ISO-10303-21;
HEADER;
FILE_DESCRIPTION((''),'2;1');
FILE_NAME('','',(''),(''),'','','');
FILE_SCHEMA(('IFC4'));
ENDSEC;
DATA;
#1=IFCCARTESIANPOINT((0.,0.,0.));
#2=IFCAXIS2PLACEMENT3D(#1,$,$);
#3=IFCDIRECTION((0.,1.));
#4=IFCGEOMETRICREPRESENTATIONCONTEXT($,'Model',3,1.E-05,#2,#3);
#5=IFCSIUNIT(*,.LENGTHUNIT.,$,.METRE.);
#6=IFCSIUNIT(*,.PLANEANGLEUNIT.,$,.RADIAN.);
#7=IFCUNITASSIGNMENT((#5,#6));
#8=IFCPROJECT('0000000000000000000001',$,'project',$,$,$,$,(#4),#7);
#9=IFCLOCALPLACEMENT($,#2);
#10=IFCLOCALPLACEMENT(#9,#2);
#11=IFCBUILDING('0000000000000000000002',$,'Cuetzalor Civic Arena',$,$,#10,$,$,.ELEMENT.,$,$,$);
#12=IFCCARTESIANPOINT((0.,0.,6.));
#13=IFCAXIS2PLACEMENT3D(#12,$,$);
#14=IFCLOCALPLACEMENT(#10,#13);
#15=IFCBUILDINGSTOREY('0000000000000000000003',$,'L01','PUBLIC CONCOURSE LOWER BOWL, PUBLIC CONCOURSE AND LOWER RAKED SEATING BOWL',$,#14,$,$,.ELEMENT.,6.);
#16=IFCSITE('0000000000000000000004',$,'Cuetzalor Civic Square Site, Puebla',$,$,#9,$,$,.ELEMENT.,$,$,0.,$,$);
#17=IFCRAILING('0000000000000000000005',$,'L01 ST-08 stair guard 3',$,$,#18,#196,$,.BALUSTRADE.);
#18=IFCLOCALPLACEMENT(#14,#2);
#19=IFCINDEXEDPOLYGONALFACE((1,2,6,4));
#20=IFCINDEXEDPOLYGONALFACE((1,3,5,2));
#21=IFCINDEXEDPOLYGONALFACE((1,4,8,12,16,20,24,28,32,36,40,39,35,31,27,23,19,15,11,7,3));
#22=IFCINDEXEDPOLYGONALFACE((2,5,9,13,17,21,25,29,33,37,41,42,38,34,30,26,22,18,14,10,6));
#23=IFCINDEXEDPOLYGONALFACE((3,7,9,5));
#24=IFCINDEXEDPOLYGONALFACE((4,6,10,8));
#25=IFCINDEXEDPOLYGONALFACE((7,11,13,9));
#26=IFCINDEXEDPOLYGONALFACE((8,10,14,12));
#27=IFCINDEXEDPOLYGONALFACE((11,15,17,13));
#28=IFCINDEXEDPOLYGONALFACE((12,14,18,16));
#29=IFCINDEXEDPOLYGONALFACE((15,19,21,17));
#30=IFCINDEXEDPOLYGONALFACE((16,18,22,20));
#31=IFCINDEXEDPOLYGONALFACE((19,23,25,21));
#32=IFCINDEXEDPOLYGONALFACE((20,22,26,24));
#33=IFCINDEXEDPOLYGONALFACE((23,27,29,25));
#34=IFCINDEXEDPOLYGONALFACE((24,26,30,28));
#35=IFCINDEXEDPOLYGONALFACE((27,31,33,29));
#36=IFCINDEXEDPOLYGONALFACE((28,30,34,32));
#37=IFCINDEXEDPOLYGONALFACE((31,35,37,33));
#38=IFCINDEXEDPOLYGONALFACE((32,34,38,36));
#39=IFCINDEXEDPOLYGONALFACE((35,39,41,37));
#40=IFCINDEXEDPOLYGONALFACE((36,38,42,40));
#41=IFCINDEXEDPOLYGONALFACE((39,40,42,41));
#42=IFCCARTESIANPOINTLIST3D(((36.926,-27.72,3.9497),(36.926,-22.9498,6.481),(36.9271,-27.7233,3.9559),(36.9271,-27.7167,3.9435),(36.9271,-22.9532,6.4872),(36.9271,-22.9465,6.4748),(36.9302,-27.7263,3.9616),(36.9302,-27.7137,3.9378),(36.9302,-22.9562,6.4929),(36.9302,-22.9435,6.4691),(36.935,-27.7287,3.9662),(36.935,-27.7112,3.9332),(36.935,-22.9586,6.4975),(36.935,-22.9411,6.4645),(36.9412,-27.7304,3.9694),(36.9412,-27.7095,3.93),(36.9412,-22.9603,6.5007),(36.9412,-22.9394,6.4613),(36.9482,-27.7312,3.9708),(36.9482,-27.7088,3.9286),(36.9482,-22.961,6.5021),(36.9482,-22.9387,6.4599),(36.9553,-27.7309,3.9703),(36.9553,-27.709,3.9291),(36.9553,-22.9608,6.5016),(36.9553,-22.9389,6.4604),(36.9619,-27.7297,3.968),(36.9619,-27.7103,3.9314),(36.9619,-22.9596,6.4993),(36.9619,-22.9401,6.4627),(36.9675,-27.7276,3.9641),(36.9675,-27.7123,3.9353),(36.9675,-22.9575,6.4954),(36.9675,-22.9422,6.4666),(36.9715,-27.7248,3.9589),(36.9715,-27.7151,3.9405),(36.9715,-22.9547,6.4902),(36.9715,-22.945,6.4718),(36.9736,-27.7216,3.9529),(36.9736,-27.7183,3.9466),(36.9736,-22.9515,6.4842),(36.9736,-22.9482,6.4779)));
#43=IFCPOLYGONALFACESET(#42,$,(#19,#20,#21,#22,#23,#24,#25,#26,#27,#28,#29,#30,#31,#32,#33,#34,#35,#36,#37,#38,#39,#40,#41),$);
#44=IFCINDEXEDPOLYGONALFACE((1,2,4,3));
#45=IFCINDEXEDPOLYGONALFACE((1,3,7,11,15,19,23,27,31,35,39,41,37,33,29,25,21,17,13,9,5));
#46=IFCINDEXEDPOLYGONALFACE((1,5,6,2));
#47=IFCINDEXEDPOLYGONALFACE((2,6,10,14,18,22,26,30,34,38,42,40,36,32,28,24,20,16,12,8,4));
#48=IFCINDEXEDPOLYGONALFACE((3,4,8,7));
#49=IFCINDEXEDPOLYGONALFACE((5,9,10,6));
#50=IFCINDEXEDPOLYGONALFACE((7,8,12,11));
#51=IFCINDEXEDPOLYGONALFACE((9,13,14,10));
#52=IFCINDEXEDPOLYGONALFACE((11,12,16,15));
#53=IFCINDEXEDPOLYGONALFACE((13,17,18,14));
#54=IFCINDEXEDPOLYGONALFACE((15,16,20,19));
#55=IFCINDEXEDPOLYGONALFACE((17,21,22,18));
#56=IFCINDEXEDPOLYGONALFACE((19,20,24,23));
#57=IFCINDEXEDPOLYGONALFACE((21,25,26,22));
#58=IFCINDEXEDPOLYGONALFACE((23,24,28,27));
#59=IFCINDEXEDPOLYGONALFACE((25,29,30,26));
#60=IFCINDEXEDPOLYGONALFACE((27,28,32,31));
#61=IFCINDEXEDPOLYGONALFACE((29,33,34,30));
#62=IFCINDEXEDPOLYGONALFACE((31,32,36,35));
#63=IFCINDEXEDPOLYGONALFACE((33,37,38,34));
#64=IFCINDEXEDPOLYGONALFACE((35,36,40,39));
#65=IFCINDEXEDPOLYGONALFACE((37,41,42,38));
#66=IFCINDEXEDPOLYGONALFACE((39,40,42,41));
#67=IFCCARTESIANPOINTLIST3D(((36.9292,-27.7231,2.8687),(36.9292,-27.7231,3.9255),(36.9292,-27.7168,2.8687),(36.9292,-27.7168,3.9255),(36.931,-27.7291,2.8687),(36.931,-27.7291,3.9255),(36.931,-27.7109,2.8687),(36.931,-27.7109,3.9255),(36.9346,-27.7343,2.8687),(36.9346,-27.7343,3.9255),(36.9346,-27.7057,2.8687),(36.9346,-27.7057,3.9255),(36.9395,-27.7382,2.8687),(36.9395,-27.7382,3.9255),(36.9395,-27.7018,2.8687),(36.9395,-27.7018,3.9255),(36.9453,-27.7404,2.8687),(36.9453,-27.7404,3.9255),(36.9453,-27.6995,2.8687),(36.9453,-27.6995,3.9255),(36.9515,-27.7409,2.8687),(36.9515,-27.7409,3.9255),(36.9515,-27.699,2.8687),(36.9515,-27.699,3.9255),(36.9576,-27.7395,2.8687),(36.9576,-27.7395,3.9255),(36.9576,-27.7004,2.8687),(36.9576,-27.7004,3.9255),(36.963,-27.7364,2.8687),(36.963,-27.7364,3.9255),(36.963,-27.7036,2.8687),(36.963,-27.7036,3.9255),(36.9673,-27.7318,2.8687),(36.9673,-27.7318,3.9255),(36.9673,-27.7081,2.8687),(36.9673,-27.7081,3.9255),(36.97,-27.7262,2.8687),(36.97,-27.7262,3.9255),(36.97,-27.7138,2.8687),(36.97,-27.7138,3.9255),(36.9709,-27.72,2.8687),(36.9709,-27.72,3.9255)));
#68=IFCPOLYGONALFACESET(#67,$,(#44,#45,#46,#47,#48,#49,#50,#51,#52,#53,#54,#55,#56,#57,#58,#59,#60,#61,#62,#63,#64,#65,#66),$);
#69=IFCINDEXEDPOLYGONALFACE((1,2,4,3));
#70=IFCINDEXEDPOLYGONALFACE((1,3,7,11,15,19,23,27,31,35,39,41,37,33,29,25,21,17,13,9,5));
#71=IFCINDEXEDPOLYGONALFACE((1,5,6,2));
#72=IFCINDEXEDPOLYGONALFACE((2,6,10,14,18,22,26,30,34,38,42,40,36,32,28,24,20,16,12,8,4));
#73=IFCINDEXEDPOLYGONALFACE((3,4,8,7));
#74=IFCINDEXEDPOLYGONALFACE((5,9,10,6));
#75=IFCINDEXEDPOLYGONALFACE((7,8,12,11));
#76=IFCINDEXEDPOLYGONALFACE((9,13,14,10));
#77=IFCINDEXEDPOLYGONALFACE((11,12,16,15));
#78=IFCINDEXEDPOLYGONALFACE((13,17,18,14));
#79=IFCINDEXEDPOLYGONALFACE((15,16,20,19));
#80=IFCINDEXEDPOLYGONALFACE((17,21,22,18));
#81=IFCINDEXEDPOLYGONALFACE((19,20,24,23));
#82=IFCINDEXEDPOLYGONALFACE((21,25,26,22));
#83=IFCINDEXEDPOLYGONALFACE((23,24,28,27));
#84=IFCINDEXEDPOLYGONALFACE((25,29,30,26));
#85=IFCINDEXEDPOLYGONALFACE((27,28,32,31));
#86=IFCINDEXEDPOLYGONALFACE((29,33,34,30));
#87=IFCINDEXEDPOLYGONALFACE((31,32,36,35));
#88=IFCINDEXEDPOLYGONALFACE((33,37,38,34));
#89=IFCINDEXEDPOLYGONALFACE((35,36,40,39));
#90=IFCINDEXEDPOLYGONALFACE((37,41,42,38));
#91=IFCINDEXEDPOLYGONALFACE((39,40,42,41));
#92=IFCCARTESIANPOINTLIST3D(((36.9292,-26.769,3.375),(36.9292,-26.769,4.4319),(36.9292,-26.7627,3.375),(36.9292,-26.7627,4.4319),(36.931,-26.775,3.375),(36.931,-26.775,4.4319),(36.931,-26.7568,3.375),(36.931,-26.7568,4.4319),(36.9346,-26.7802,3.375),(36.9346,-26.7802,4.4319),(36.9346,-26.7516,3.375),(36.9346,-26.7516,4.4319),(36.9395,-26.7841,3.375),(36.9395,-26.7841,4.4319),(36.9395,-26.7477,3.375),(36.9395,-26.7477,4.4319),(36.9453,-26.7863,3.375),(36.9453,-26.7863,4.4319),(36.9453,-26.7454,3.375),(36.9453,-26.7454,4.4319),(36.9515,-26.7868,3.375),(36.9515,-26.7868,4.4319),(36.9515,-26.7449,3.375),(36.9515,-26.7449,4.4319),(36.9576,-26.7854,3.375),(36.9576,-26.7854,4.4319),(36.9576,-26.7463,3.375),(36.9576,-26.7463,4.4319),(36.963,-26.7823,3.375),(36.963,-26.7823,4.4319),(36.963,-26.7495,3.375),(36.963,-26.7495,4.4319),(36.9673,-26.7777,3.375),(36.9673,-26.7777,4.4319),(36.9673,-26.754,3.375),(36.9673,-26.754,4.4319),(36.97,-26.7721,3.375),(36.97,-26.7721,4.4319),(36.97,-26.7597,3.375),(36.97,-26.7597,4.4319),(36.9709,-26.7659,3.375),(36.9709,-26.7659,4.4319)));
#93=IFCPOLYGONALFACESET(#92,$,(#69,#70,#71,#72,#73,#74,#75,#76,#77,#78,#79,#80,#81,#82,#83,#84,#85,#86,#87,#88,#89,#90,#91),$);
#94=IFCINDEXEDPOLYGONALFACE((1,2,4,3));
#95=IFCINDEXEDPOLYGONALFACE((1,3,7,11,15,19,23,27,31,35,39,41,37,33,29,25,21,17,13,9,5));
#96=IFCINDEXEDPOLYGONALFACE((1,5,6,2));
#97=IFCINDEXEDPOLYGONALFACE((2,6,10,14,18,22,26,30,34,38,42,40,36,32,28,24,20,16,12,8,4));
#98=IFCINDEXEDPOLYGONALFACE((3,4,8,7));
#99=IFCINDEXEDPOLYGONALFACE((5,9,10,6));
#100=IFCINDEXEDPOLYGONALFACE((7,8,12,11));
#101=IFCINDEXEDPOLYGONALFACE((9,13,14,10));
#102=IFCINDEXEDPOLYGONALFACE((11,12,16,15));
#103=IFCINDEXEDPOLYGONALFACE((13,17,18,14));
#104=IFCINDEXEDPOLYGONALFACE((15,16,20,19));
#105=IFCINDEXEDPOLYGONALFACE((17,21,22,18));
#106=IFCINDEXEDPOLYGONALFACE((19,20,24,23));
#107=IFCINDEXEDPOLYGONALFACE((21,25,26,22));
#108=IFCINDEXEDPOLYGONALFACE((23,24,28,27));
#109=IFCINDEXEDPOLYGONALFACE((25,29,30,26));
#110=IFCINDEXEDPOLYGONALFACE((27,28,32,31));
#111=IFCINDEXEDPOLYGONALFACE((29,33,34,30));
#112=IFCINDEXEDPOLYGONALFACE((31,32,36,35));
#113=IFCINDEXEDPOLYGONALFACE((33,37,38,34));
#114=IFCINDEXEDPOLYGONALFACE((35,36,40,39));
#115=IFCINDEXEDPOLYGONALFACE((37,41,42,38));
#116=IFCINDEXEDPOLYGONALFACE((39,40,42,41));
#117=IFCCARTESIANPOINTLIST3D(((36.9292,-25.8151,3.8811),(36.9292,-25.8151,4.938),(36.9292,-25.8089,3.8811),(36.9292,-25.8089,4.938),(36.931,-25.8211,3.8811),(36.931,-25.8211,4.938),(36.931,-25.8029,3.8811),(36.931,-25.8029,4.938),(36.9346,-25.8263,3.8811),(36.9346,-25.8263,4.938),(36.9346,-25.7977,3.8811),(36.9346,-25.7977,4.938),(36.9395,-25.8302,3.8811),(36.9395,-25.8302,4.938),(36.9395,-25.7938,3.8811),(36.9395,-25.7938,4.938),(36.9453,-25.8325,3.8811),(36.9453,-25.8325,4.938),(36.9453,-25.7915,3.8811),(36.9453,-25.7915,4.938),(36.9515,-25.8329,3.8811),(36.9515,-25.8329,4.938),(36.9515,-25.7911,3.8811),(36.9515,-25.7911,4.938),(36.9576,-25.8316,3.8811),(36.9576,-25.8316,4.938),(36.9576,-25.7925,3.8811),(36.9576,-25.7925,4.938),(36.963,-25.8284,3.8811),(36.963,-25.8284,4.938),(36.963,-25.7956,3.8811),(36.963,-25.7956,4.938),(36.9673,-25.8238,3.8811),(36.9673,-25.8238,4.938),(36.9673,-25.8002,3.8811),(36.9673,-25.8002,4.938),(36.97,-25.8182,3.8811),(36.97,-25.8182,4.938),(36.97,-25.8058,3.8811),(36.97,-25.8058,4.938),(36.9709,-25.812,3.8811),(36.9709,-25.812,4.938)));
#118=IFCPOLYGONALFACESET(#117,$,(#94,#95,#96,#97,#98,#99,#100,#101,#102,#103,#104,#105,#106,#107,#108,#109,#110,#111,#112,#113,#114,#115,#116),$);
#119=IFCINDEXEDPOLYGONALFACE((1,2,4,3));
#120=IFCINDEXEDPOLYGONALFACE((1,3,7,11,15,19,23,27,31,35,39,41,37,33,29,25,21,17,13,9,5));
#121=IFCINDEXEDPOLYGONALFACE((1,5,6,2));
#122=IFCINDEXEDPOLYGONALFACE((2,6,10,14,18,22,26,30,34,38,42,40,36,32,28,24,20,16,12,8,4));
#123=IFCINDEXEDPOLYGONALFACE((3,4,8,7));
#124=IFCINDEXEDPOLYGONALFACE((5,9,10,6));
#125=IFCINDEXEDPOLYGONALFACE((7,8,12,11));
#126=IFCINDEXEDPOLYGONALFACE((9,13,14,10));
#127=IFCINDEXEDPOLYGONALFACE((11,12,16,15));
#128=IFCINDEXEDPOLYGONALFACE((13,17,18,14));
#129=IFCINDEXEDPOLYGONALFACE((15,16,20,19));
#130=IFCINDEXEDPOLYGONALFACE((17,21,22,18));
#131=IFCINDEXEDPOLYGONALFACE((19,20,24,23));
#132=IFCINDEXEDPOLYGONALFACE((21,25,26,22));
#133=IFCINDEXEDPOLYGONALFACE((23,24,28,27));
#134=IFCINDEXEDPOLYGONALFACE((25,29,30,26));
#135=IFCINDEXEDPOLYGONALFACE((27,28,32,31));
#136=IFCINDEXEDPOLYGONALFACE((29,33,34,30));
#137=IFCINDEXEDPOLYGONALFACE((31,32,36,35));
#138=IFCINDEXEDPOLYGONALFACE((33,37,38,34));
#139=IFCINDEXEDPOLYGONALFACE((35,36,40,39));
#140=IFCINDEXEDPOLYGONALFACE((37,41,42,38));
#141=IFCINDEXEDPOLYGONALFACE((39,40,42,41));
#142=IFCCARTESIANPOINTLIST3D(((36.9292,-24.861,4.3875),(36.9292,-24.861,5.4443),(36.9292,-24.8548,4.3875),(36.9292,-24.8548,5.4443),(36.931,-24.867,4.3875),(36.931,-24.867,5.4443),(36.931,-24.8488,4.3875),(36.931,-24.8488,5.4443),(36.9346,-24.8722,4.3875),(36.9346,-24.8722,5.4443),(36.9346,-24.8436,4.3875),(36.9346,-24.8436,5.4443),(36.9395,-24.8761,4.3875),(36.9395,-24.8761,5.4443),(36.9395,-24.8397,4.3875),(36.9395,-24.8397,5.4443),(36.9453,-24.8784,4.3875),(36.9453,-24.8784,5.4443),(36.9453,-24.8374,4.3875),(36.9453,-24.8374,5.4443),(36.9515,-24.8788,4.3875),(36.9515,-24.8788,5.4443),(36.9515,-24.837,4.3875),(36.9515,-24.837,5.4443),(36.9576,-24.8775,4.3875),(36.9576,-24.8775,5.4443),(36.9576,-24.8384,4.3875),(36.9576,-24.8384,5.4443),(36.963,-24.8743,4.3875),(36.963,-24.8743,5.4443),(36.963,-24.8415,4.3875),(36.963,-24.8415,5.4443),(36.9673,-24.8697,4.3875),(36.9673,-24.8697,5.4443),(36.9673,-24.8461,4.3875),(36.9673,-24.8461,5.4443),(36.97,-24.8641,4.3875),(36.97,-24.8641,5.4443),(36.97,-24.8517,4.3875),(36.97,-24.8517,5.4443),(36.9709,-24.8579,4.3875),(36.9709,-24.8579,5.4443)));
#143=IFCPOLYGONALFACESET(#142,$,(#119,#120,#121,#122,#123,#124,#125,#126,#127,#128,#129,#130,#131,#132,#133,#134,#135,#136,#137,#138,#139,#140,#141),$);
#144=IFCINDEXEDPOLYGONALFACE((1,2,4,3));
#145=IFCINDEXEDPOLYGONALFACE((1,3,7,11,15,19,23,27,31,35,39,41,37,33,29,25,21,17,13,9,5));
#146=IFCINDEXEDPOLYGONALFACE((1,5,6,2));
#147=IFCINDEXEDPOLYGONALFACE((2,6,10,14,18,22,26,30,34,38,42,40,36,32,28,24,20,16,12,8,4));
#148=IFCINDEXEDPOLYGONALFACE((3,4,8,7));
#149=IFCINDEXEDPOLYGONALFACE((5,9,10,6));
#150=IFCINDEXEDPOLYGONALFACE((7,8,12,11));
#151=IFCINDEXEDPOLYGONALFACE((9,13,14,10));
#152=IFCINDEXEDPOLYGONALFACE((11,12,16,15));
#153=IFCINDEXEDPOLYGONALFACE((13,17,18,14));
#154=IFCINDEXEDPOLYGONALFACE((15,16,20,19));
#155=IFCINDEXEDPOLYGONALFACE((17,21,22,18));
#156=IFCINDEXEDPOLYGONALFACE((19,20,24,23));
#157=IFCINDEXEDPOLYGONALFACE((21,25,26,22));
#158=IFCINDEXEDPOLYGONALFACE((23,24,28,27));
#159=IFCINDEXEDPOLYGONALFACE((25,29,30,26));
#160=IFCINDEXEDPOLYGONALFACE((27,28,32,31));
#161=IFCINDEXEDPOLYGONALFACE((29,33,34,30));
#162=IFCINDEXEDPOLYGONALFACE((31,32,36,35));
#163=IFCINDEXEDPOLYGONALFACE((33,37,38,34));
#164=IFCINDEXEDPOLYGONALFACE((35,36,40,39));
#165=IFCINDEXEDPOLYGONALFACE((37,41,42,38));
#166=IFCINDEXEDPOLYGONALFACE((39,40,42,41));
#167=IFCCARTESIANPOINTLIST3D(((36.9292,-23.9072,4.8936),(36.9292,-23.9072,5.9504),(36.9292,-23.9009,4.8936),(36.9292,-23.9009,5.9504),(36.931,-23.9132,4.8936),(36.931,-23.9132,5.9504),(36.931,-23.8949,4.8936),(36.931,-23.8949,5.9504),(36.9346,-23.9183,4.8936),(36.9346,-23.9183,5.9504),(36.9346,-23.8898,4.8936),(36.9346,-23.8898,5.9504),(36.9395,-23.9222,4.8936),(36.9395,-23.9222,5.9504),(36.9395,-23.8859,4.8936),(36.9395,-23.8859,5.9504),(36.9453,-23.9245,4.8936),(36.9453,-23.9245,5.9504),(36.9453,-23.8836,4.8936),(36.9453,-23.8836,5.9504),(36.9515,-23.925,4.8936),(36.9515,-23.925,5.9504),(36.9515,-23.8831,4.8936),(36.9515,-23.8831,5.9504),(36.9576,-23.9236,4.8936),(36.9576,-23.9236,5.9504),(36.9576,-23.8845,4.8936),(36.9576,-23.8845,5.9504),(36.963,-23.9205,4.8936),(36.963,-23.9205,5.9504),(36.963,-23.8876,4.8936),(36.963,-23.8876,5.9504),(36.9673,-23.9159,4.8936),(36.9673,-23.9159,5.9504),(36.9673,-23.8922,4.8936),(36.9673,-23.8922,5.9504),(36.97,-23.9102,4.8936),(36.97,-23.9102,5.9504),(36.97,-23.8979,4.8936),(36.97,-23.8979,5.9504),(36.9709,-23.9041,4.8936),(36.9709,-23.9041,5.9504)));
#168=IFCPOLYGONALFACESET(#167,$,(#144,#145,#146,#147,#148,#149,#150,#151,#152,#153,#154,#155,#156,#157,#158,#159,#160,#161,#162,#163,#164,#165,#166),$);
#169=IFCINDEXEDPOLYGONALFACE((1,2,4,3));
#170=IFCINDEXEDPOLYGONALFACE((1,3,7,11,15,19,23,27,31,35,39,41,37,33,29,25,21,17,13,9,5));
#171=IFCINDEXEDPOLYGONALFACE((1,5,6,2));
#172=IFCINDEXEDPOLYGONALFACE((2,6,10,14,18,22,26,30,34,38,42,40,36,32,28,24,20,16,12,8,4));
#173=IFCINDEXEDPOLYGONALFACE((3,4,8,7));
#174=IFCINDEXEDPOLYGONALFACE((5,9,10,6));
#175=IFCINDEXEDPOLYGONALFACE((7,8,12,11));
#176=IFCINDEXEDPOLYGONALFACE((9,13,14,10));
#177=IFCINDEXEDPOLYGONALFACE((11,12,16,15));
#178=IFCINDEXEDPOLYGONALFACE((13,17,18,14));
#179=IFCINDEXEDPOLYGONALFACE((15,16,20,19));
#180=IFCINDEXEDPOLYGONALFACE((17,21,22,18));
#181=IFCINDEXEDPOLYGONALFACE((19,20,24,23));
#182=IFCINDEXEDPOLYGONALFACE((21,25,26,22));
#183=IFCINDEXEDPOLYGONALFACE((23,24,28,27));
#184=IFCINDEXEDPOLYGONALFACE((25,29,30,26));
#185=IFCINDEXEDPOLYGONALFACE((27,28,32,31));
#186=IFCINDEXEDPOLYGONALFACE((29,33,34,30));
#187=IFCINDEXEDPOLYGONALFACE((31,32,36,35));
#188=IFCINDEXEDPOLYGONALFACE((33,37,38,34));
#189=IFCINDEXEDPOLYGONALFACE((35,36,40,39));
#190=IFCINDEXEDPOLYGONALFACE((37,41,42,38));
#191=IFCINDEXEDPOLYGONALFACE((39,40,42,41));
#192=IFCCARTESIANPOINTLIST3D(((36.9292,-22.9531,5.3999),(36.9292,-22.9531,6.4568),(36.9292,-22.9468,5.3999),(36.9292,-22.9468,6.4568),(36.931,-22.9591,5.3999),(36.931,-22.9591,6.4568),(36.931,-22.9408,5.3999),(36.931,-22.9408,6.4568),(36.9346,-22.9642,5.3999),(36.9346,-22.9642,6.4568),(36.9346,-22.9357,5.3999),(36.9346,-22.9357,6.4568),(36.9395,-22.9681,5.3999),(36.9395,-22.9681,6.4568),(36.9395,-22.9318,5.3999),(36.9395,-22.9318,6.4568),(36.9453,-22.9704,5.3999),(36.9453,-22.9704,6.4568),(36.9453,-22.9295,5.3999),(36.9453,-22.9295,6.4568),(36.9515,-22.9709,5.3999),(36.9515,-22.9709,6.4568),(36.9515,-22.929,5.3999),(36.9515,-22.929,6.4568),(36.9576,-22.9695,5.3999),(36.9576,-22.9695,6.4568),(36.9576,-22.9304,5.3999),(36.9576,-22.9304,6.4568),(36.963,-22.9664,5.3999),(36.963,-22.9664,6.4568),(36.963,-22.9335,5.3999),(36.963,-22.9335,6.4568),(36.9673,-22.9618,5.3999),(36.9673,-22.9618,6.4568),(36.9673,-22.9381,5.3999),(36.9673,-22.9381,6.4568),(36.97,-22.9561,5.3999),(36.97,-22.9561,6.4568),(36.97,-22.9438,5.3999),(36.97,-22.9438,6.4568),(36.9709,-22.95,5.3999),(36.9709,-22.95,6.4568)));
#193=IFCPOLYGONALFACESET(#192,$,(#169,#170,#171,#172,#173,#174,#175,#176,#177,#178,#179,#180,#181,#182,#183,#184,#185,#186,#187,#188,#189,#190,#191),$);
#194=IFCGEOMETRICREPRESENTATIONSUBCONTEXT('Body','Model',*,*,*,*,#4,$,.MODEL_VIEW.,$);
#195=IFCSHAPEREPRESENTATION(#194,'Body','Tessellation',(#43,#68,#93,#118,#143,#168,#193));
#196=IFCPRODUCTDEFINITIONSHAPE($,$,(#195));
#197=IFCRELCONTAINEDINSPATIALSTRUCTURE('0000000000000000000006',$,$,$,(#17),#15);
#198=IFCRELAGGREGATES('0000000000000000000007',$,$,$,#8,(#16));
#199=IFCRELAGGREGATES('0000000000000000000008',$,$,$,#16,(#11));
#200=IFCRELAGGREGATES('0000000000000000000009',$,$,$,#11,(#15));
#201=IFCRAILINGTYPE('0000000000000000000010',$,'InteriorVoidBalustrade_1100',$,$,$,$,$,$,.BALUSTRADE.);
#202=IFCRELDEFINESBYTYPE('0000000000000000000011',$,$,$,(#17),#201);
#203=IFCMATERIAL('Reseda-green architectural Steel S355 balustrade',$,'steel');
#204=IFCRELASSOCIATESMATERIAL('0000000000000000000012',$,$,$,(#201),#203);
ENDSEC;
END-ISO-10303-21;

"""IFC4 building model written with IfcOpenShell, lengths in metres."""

from ifc_helpers import new_model, si_unit, direction, frame, origin, origin_2d, place, context, subcontext, project, spatial, circle, extrude, material, type_object, element, save


model = new_model("IFC4")

# Units and contexts
model_context = context("Model", 3, precision=1e-05, world=origin(), true_north=direction((0.0, 1.0)))
body_context = subcontext(model_context, "Body", "Model", "MODEL_VIEW")
ifc_project = project(units=[si_unit("LENGTHUNIT", "METRE"), si_unit("PLANEANGLEUNIT", "RADIAN")], contexts=[model_context])

# Site, building, storey
site_placement = place(None, origin())
site = spatial("IfcSite", under=ifc_project, at=site_placement, Name="Cuetzalor Civic Square Site, Puebla", CompositionType="ELEMENT", RefElevation=0.0)
building_placement = place(site_placement, origin())
building = spatial("IfcBuilding", under=site, at=building_placement, Name="Cuetzalor Civic Arena", CompositionType="ELEMENT")
storey_placement = place(building_placement, frame((0.0, 0.0, 6.0)))
storey = spatial("IfcBuildingStorey", under=building, at=storey_placement, Name="L01", Description="PUBLIC CONCOURSE LOWER BOWL, PUBLIC CONCOURSE AND LOWER RAKED SEATING BOWL", CompositionType="ELEMENT", Elevation=6.0)

# Railing
ifc_material_1 = material(Name="Reseda-green architectural Steel S355 balustrade", Category="steel")
railing_type_1 = type_object("IfcRailingType", Name="InteriorVoidBalustrade_1100", PredefinedType="BALUSTRADE", material=ifc_material_1)
railing_1_placement = place(storey_placement, frame((36.95, -27.72, 2.8687)))
element("IfcRailing", 1, at=railing_1_placement, inside=storey, type_object=railing_type_1, Name="L01 ST-08 stair guard 3", PredefinedType="BALUSTRADE", context=body_context, shape_type="SweptSolid", body=[
    extrude(circle(Radius=0.0239, at=origin_2d()), frame((0.0, 0.0, 1.0811), z_axis=(0.0, 0.883332, 0.468747), x_axis=(-1.0, 0.0, 0.0)), (0.0, 0.0, 1.0), 5.4001),
    extrude(circle(Radius=0.021, at=origin_2d()), origin(), (0.0, 0.0, 1.0), 1.0569),
    extrude(circle(Radius=0.021, at=origin_2d()), frame((0.0, 0.9541, 0.5063)), (0.0, 0.0, 1.0), 1.0569),
    extrude(circle(Radius=0.021, at=origin_2d()), frame((0.0, 1.908, 1.0125)), (0.0, 0.0, 1.0), 1.0569),
    extrude(circle(Radius=0.021, at=origin_2d()), frame((0.0, 2.8621, 1.5188)), (0.0, 0.0, 1.0), 1.0569),
    extrude(circle(Radius=0.021, at=origin_2d()), frame((0.0, 3.8159, 2.0249)), (0.0, 0.0, 1.0), 1.0569),
    extrude(circle(Radius=0.021, at=origin_2d()), frame((0.0, 4.77, 2.5312)), (0.0, 0.0, 1.0), 1.0569),
])

save(model, "model.ifc")
